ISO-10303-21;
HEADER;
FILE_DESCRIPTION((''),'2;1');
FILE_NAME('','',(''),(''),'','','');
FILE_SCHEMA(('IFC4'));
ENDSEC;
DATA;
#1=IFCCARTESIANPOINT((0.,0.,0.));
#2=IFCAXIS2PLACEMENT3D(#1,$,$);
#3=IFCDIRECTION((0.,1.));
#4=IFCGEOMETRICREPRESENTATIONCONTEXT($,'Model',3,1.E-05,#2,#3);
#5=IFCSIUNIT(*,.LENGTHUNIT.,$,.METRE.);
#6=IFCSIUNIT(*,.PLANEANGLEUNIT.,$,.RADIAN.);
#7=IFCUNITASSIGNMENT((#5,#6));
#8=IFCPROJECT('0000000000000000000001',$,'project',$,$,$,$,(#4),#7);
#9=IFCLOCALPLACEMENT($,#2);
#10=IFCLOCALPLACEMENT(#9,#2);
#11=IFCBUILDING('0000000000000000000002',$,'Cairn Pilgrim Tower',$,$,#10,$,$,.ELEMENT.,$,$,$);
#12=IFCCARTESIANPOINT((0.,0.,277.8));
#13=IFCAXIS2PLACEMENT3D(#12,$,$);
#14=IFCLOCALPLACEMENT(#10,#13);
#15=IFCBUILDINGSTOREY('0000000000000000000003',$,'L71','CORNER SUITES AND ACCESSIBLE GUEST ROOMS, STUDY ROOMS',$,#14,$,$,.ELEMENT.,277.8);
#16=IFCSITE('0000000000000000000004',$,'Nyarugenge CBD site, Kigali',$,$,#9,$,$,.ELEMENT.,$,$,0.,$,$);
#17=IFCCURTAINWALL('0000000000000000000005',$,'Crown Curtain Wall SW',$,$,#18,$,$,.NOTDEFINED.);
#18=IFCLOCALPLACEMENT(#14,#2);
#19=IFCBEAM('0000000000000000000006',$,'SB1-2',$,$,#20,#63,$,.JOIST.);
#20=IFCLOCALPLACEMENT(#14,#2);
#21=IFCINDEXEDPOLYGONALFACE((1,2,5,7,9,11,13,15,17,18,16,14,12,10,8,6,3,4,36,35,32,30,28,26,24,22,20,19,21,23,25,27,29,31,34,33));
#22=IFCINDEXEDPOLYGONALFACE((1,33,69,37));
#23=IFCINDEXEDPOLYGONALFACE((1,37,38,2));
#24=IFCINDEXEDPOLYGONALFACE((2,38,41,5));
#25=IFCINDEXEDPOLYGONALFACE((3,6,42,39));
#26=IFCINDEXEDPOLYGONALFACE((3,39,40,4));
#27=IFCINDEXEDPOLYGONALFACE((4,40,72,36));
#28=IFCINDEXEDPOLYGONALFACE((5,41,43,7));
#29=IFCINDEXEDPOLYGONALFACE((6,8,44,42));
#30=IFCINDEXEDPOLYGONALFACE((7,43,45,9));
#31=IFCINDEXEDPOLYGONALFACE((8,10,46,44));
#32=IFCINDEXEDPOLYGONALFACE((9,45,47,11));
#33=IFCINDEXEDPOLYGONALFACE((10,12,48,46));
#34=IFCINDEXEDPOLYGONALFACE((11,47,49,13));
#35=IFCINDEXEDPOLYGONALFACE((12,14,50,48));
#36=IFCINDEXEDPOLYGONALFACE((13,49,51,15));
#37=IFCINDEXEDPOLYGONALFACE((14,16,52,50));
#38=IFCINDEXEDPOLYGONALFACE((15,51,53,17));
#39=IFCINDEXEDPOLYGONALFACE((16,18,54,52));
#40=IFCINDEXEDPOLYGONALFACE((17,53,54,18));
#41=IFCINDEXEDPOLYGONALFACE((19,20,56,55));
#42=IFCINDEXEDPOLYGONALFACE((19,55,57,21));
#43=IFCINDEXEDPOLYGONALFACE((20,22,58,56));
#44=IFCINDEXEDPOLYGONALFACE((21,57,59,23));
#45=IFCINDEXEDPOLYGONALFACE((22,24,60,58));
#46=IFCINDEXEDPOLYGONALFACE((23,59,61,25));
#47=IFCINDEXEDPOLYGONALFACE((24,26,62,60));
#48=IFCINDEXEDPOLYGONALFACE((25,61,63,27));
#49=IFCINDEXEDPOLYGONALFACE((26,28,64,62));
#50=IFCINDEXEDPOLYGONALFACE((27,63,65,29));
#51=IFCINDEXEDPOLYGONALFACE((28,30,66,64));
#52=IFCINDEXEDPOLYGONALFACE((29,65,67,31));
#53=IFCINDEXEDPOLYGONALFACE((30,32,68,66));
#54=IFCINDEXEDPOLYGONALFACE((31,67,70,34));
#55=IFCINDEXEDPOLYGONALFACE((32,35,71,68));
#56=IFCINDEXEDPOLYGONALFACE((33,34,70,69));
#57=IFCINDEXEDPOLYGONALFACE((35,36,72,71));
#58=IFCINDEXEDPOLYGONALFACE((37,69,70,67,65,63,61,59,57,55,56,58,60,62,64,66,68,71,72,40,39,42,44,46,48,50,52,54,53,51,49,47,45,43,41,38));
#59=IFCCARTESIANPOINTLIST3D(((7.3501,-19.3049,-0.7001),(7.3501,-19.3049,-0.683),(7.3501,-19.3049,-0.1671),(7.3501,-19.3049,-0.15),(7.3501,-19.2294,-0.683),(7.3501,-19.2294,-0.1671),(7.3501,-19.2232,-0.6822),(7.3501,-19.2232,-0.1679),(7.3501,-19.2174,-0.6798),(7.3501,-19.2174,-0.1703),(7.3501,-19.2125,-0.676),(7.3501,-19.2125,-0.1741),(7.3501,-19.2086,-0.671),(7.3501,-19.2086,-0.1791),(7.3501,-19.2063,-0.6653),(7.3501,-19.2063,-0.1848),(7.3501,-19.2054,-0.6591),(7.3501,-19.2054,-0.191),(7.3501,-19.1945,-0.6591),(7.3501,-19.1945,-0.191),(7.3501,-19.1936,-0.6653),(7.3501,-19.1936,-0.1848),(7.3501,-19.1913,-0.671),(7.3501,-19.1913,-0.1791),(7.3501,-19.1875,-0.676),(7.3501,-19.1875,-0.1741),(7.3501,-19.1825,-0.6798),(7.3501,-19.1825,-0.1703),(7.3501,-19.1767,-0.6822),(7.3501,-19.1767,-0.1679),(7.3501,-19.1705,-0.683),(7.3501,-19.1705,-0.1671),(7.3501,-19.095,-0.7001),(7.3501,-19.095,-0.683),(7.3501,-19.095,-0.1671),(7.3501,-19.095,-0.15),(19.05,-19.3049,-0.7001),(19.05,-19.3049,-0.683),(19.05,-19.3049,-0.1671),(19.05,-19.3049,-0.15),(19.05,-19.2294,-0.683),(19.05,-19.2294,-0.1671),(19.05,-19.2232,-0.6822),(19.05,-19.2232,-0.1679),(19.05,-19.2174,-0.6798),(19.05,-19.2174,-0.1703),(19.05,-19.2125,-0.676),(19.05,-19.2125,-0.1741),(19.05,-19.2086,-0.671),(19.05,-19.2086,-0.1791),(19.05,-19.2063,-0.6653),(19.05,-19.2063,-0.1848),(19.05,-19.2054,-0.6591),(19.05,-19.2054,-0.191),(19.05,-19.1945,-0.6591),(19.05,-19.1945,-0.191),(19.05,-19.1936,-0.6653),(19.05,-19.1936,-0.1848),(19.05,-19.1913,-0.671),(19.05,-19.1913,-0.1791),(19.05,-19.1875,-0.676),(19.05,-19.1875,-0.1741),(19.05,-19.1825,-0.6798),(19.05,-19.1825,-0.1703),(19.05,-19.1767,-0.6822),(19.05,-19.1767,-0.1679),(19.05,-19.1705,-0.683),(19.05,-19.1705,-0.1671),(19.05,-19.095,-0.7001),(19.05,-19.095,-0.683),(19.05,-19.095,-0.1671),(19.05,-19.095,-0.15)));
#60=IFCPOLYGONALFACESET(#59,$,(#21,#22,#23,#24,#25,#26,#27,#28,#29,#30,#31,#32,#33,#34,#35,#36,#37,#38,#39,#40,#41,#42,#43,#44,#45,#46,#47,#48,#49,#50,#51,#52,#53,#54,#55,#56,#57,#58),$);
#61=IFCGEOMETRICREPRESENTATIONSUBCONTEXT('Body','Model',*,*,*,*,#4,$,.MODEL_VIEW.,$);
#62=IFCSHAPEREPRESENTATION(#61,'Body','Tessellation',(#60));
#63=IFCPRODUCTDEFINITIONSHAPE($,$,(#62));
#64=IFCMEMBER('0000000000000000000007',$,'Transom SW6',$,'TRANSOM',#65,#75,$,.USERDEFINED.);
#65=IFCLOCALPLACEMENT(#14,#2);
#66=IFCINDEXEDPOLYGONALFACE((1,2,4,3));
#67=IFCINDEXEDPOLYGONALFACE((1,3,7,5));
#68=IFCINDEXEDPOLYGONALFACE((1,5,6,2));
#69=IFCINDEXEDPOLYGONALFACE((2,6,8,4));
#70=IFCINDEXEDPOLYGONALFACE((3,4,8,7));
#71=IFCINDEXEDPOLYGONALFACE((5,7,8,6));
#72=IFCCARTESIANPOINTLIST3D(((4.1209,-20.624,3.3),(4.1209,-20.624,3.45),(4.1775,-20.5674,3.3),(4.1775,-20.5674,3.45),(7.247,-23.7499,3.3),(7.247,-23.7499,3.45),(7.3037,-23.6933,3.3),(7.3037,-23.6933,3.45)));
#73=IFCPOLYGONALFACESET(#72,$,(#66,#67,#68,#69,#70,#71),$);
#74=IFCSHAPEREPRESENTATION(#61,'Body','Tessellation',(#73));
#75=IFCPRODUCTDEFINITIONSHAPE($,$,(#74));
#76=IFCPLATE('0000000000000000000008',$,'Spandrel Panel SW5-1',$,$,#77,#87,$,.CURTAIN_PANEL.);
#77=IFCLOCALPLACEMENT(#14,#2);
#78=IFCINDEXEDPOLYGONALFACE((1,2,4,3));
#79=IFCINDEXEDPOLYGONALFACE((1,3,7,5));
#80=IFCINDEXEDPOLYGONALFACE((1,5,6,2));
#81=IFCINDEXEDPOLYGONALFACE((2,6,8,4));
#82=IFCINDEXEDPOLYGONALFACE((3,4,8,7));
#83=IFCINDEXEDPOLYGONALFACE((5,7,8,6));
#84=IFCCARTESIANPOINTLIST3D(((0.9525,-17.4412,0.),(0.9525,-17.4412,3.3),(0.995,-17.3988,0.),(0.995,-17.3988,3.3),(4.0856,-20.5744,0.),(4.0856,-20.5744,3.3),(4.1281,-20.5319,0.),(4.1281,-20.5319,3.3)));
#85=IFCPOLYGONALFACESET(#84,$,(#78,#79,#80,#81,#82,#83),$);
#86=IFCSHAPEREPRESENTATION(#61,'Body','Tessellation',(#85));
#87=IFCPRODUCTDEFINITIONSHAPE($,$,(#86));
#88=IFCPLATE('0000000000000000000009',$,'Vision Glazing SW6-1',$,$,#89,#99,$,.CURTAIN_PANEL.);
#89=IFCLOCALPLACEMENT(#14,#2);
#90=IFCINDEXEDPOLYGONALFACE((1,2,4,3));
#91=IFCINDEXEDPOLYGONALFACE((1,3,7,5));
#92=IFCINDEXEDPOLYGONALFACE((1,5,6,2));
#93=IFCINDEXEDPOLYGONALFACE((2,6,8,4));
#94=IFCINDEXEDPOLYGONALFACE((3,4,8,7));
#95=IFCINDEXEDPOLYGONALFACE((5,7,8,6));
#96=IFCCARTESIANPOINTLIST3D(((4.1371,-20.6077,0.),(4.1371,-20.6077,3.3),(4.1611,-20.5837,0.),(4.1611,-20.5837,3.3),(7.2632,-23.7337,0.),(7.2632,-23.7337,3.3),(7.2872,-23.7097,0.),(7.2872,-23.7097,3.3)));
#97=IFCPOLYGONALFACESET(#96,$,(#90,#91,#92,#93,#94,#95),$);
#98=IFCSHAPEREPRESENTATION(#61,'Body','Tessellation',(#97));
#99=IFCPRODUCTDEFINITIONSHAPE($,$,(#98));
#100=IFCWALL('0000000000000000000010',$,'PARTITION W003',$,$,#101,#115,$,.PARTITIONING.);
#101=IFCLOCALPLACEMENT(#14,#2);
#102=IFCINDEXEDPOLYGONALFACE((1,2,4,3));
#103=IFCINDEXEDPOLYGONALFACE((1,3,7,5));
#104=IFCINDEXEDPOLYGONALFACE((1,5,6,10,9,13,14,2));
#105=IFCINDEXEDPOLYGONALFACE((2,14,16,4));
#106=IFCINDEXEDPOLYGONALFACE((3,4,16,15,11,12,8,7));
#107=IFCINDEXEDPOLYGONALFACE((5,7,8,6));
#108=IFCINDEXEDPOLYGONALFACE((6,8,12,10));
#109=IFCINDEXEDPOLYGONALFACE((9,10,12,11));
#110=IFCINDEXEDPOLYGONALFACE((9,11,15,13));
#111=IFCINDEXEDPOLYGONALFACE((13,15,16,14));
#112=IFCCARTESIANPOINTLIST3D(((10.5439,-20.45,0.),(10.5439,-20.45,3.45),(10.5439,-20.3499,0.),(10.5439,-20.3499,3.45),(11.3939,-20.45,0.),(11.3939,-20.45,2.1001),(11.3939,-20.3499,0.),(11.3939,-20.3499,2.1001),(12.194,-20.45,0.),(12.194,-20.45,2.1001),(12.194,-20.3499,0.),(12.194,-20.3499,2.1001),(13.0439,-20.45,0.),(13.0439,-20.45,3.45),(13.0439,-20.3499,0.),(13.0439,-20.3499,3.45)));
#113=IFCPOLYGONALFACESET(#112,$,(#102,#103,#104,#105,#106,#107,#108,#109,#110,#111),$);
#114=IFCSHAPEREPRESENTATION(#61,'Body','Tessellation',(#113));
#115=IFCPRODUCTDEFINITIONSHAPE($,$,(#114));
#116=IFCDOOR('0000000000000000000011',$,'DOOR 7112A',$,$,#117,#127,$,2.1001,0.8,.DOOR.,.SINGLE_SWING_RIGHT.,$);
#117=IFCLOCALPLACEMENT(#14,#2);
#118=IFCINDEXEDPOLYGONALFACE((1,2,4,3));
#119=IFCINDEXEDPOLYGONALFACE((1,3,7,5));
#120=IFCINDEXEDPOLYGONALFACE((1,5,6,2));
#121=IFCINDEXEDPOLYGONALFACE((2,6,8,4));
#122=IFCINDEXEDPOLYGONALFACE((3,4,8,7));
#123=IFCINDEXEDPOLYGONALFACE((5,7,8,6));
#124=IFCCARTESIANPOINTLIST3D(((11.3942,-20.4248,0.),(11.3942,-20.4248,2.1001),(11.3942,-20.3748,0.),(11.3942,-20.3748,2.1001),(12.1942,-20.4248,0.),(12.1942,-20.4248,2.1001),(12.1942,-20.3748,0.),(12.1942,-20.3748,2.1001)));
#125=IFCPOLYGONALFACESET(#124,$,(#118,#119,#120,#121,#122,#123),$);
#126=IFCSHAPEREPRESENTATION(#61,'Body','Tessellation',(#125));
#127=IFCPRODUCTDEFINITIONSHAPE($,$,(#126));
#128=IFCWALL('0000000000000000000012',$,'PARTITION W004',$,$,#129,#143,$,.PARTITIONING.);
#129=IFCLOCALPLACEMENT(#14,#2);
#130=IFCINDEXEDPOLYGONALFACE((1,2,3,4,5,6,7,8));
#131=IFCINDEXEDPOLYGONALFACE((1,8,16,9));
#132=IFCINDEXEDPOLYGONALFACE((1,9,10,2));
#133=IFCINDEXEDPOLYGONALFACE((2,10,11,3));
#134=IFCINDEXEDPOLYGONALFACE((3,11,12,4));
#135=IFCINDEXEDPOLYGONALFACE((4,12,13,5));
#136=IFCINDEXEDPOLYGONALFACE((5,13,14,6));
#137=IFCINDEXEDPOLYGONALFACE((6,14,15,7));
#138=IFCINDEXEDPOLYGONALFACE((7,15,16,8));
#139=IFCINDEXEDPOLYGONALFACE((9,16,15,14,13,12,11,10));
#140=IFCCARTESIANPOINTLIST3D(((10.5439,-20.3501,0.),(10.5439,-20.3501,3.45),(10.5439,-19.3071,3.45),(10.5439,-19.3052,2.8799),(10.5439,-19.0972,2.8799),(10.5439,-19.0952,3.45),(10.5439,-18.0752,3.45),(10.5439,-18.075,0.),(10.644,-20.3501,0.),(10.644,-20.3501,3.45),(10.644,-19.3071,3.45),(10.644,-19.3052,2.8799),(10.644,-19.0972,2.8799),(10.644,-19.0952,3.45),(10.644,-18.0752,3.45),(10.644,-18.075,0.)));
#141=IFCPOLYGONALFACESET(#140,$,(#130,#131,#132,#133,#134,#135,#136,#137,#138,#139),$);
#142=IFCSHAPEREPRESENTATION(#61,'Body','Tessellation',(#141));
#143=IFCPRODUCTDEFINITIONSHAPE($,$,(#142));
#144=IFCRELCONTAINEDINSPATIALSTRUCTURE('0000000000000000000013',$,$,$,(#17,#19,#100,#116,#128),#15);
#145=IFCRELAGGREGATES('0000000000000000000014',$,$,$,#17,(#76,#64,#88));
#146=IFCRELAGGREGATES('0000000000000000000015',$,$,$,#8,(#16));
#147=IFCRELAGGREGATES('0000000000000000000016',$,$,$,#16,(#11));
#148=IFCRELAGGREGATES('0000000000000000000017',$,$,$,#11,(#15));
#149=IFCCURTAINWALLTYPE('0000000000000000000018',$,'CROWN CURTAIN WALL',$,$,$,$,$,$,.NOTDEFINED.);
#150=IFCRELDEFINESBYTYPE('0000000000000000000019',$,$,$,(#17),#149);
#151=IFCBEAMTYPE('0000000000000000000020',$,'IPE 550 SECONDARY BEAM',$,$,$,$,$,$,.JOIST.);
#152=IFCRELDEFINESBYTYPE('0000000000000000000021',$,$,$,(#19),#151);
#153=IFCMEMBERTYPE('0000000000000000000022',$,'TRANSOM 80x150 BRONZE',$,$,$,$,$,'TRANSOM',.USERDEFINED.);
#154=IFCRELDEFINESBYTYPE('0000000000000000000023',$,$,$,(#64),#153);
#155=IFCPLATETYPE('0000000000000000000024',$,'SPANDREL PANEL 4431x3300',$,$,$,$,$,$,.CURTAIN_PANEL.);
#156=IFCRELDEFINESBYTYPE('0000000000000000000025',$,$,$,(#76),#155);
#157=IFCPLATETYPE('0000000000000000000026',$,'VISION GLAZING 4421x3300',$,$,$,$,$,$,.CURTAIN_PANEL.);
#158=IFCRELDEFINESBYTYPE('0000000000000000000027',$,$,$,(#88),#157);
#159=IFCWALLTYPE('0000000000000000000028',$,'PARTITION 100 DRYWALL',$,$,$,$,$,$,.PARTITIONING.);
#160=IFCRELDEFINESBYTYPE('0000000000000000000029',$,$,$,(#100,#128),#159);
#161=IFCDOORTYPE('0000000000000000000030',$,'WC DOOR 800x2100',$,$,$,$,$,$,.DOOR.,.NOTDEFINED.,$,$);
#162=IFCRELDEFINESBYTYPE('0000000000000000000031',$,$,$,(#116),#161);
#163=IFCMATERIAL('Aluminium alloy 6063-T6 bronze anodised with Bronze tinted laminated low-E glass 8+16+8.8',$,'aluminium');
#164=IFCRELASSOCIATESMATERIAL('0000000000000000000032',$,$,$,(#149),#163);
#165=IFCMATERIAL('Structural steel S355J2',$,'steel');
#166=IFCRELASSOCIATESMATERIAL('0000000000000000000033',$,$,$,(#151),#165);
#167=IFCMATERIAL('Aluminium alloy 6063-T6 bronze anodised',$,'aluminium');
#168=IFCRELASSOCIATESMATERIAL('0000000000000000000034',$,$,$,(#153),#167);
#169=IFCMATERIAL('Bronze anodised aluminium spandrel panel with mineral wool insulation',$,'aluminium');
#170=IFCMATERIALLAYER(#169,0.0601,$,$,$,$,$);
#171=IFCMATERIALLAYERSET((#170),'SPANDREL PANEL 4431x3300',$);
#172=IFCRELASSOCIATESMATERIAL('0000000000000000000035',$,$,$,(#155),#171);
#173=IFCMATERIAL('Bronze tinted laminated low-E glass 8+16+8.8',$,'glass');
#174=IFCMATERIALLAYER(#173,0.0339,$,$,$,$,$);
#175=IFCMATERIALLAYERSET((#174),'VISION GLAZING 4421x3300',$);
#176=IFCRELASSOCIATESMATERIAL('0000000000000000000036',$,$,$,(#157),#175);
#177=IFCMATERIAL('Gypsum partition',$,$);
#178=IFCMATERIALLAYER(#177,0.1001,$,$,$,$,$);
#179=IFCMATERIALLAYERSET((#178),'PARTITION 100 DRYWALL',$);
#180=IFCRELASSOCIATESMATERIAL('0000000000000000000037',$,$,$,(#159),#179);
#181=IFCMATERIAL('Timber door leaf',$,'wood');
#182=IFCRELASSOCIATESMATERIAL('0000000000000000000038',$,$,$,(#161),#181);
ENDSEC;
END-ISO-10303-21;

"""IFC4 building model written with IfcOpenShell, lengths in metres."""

from ifc_helpers import new_model, si_unit, direction, frame, frame_2d, origin, origin_2d, place, context, subcontext, project, spatial, polyline, rectangle, i_section, outline, extrude, material, layer, layer_set, material_profile, profile_set, type_object, element, fill, aggregate, save


model = new_model("IFC4")

# Units and contexts
model_context = context("Model", 3, precision=1e-05, world=origin(), true_north=direction((0.0, 1.0)))
body_context = subcontext(model_context, "Body", "Model", "MODEL_VIEW")
ifc_project = project(units=[si_unit("LENGTHUNIT", "METRE"), si_unit("PLANEANGLEUNIT", "RADIAN")], contexts=[model_context])

# Site, building, storey
site_placement = place(None, origin())
site = spatial("IfcSite", under=ifc_project, at=site_placement, Name="Nyarugenge CBD site, Kigali", CompositionType="ELEMENT", RefElevation=0.0)
building_placement = place(site_placement, origin())
building = spatial("IfcBuilding", under=site, at=building_placement, Name="Cairn Pilgrim Tower", CompositionType="ELEMENT")
storey_placement = place(building_placement, frame((0.0, 0.0, 277.8)))
storey = spatial("IfcBuildingStorey", under=building, at=storey_placement, Name="L71", Description="CORNER SUITES AND ACCESSIBLE GUEST ROOMS, STUDY ROOMS", CompositionType="ELEMENT", Elevation=277.8)

# Shared definitions
ifc_material_1 = material(Name="Structural steel S355J2", Category="steel")

# Curtain wall
ifc_material_2 = material(Name="Aluminium alloy 6063-T6 bronze anodised with Bronze tinted laminated low-E glass 8+16+8.8", Category="aluminium")
curtain_wall_type = type_object("IfcCurtainWallType", Name="CROWN CURTAIN WALL", PredefinedType="NOTDEFINED", material=ifc_material_2)
ifc_material_3 = material(Name="Aluminium alloy 6063-T6 bronze anodised", Category="aluminium")
curtain_wall_1_placement = place(storey_placement, origin())
curtain_wall_1 = element("IfcCurtainWall", 1, at=curtain_wall_1_placement, inside=storey, type_object=curtain_wall_type, Name="Crown Curtain Wall SW", PredefinedType="NOTDEFINED")

# Beam
ifc_material_profile_1 = material_profile(ifc_material_1, i_section(OverallWidth=0.21, OverallDepth=0.55, WebThickness=0.011, FlangeThickness=0.0171, FilletRadius=0.0239, at=origin_2d()), Name="IPE 550")
ifc_profile_set_1 = profile_set([ifc_material_profile_1], Name="Structural steel S355J2")
beam_type_1 = type_object("IfcBeamType", Name="IPE 550 SECONDARY BEAM", PredefinedType="JOIST", material=ifc_profile_set_1)
beam_1_placement = place(storey_placement, frame((7.3501, -19.2, -0.425), z_axis=(1.0, 0.0, 0.0), x_axis=(0.0, 1.0, 0.0)))
element("IfcBeam", 2, at=beam_1_placement, inside=storey, type_object=beam_type_1, Name="SB1-2", PredefinedType="JOIST", context=body_context, shape_type="SweptSolid", body=[
    extrude(i_section(OverallWidth=0.21, OverallDepth=0.55, WebThickness=0.011, FlangeThickness=0.0171, FilletRadius=0.0239, at=origin_2d()), origin(), (0.0, 0.0, 1.0), 11.7),
])

# Member
ifc_material_profile_2 = material_profile(ifc_material_3, rectangle(XDim=0.0801, YDim=0.1499, at=origin_2d()), Name="TRANSOM 80x150 BRONZE")
ifc_profile_set_2 = profile_set([ifc_material_profile_2], Name="Aluminium alloy 6063-T6 bronze anodised")
member_type_1 = type_object("IfcMemberType", Name="TRANSOM 80x150 BRONZE", ElementType="TRANSOM", PredefinedType="USERDEFINED", material=ifc_profile_set_2)
member_1_placement = place(storey_placement, frame((4.1492, -20.5957, 3.375), z_axis=(0.707134, -0.707079, 0.0), x_axis=(0.707079, 0.707134, 0.0)))
member_1 = element("IfcMember", 3, at=member_1_placement, type_object=member_type_1, Name="Transom SW6", ObjectType="TRANSOM", PredefinedType="USERDEFINED", context=body_context, shape_type="SweptSolid", body=[
    extrude(rectangle(XDim=0.0801, YDim=0.1499, at=origin_2d()), origin(), (0.0, 0.0, 1.0), 4.4209),
])

# Plates
ifc_material_4 = material(Name="Bronze anodised aluminium spandrel panel with mineral wool insulation", Category="aluminium")
ifc_layer_1 = layer(ifc_material_4, 0.0601)
ifc_layer_set_1 = layer_set([ifc_layer_1], Name="SPANDREL PANEL 4431x3300")
plate_type_1 = type_object("IfcPlateType", Name="SPANDREL PANEL 4431x3300", PredefinedType="CURTAIN_PANEL", material=ifc_layer_set_1)
plate_1_placement = place(storey_placement, frame((2.5403, -18.9866, 0.0), z_axis=(0.0, 0.0, 1.0), x_axis=(0.707107, -0.707107, 0.0)))
plate_1 = element("IfcPlate", 4, at=plate_1_placement, type_object=plate_type_1, Name="Spandrel Panel SW5-1", PredefinedType="CURTAIN_PANEL", context=body_context, shape_type="SweptSolid", body=[
    extrude(rectangle(XDim=4.4309, YDim=0.0601, at=origin_2d()), origin(), (0.0, 0.0, 1.0), 3.3),
])
ifc_material_5 = material(Name="Bronze tinted laminated low-E glass 8+16+8.8", Category="glass")
ifc_layer_2 = layer(ifc_material_5, 0.0339)
ifc_layer_set_2 = layer_set([ifc_layer_2], Name="VISION GLAZING 4421x3300")
plate_type_2 = type_object("IfcPlateType", Name="VISION GLAZING 4421x3300", PredefinedType="CURTAIN_PANEL", material=ifc_layer_set_2)
plate_2_placement = place(storey_placement, frame((5.7122, -22.1587, 0.0), z_axis=(0.0, 0.0, 1.0), x_axis=(0.707107, -0.707107, 0.0)))
plate_2 = element("IfcPlate", 5, at=plate_2_placement, type_object=plate_type_2, Name="Vision Glazing SW6-1", PredefinedType="CURTAIN_PANEL", context=body_context, shape_type="SweptSolid", body=[
    extrude(rectangle(XDim=4.4209, YDim=0.0339, at=origin_2d()), origin(), (0.0, 0.0, 1.0), 3.3),
])
aggregate(curtain_wall_1, [plate_1, member_1, plate_2])

# Wall, opening, door
ifc_material_6 = material(Name="Gypsum partition")
ifc_layer_3 = layer(ifc_material_6, 0.1001)
ifc_layer_set_3 = layer_set([ifc_layer_3], Name="PARTITION 100 DRYWALL")
wall_type_1 = type_object("IfcWallType", Name="PARTITION 100 DRYWALL", PredefinedType="PARTITIONING", material=ifc_layer_set_3)
wall_1_placement = place(storey_placement, frame((10.5439, -20.3999, 0.0), z_axis=(0.0, 0.0, 1.0), x_axis=(1.0, 0.0, 0.0)))
wall_1 = element("IfcWall", 6, at=wall_1_placement, inside=storey, type_object=wall_type_1, Name="PARTITION W003", PredefinedType="PARTITIONING", context=body_context, shape_type="SweptSolid", body=[
    extrude(rectangle(XDim=2.5, YDim=0.1001, at=frame_2d((1.25, 0.0))), origin(), (0.0, 0.0, 1.0), 3.45),
])
opening_1_placement = place(wall_1_placement, frame((0.8501, 0.0, 0.0)))
opening_1 = element("IfcOpeningElement", 7, at=opening_1_placement, cuts=wall_1, PredefinedType="OPENING", context=body_context, shape_type="SweptSolid", body=[
    extrude(rectangle(XDim=0.8, YDim=2.1001, at=frame_2d((0.3999, 1.05))), frame((0.0, 0.0601, 0.0), z_axis=(0.0, -1.0, 0.0), x_axis=(1.0, 0.0, 0.0)), (0.0, 0.0, 1.0), 0.1201),
])
ifc_material_7 = material(Name="Timber door leaf", Category="wood")
door_type_1 = type_object("IfcDoorType", Name="WC DOOR 800x2100", OperationType="NOTDEFINED", PredefinedType="DOOR", material=ifc_material_7)
door_1_placement = place(opening_1_placement, frame((0.8, 0.0, 0.0), z_axis=(0.0, 0.0, 1.0), x_axis=(-1.0, 0.0, 0.0)))
door_1 = element("IfcDoor", 8, at=door_1_placement, inside=storey, type_object=door_type_1, Name="DOOR 7112A", OperationType="SINGLE_SWING_RIGHT", OverallHeight=2.1001, OverallWidth=0.8, PredefinedType="DOOR", context=body_context, shape_type="SweptSolid", body=[
    extrude(rectangle(XDim=0.8, YDim=2.1001, at=frame_2d((0.3999, 1.05))), frame((0.0, 0.0249, 0.0), z_axis=(0.0, -1.0, 0.0), x_axis=(1.0, 0.0, 0.0)), (0.0, 0.0, 1.0), 0.05),
])
fill(opening_1, door_1)

# Wall
wall_2_placement = place(storey_placement, frame((10.594, -20.3501, 0.0), z_axis=(0.0, 0.0, 1.0), x_axis=(0.0, 1.0, 0.0)))
element("IfcWall", 9, at=wall_2_placement, inside=storey, type_object=wall_type_1, Name="PARTITION W004", PredefinedType="PARTITIONING", context=body_context, shape_type="SweptSolid", body=[
    extrude(outline(polyline([(0.0, 0.0), (2.2751, 0.0), (2.2749, 3.45), (1.2549, 3.45), (1.2529, 2.8799), (1.0449, 2.8799), (1.043, 3.45), (0.0, 3.45), (0.0, 0.0)])), frame((0.0, 0.05, 0.0), z_axis=(0.0, -1.0, 0.0), x_axis=(1.0, 0.0, 0.0)), (0.0, 0.0, 1.0), 0.1001),
])

save(model, "model.ifc")
